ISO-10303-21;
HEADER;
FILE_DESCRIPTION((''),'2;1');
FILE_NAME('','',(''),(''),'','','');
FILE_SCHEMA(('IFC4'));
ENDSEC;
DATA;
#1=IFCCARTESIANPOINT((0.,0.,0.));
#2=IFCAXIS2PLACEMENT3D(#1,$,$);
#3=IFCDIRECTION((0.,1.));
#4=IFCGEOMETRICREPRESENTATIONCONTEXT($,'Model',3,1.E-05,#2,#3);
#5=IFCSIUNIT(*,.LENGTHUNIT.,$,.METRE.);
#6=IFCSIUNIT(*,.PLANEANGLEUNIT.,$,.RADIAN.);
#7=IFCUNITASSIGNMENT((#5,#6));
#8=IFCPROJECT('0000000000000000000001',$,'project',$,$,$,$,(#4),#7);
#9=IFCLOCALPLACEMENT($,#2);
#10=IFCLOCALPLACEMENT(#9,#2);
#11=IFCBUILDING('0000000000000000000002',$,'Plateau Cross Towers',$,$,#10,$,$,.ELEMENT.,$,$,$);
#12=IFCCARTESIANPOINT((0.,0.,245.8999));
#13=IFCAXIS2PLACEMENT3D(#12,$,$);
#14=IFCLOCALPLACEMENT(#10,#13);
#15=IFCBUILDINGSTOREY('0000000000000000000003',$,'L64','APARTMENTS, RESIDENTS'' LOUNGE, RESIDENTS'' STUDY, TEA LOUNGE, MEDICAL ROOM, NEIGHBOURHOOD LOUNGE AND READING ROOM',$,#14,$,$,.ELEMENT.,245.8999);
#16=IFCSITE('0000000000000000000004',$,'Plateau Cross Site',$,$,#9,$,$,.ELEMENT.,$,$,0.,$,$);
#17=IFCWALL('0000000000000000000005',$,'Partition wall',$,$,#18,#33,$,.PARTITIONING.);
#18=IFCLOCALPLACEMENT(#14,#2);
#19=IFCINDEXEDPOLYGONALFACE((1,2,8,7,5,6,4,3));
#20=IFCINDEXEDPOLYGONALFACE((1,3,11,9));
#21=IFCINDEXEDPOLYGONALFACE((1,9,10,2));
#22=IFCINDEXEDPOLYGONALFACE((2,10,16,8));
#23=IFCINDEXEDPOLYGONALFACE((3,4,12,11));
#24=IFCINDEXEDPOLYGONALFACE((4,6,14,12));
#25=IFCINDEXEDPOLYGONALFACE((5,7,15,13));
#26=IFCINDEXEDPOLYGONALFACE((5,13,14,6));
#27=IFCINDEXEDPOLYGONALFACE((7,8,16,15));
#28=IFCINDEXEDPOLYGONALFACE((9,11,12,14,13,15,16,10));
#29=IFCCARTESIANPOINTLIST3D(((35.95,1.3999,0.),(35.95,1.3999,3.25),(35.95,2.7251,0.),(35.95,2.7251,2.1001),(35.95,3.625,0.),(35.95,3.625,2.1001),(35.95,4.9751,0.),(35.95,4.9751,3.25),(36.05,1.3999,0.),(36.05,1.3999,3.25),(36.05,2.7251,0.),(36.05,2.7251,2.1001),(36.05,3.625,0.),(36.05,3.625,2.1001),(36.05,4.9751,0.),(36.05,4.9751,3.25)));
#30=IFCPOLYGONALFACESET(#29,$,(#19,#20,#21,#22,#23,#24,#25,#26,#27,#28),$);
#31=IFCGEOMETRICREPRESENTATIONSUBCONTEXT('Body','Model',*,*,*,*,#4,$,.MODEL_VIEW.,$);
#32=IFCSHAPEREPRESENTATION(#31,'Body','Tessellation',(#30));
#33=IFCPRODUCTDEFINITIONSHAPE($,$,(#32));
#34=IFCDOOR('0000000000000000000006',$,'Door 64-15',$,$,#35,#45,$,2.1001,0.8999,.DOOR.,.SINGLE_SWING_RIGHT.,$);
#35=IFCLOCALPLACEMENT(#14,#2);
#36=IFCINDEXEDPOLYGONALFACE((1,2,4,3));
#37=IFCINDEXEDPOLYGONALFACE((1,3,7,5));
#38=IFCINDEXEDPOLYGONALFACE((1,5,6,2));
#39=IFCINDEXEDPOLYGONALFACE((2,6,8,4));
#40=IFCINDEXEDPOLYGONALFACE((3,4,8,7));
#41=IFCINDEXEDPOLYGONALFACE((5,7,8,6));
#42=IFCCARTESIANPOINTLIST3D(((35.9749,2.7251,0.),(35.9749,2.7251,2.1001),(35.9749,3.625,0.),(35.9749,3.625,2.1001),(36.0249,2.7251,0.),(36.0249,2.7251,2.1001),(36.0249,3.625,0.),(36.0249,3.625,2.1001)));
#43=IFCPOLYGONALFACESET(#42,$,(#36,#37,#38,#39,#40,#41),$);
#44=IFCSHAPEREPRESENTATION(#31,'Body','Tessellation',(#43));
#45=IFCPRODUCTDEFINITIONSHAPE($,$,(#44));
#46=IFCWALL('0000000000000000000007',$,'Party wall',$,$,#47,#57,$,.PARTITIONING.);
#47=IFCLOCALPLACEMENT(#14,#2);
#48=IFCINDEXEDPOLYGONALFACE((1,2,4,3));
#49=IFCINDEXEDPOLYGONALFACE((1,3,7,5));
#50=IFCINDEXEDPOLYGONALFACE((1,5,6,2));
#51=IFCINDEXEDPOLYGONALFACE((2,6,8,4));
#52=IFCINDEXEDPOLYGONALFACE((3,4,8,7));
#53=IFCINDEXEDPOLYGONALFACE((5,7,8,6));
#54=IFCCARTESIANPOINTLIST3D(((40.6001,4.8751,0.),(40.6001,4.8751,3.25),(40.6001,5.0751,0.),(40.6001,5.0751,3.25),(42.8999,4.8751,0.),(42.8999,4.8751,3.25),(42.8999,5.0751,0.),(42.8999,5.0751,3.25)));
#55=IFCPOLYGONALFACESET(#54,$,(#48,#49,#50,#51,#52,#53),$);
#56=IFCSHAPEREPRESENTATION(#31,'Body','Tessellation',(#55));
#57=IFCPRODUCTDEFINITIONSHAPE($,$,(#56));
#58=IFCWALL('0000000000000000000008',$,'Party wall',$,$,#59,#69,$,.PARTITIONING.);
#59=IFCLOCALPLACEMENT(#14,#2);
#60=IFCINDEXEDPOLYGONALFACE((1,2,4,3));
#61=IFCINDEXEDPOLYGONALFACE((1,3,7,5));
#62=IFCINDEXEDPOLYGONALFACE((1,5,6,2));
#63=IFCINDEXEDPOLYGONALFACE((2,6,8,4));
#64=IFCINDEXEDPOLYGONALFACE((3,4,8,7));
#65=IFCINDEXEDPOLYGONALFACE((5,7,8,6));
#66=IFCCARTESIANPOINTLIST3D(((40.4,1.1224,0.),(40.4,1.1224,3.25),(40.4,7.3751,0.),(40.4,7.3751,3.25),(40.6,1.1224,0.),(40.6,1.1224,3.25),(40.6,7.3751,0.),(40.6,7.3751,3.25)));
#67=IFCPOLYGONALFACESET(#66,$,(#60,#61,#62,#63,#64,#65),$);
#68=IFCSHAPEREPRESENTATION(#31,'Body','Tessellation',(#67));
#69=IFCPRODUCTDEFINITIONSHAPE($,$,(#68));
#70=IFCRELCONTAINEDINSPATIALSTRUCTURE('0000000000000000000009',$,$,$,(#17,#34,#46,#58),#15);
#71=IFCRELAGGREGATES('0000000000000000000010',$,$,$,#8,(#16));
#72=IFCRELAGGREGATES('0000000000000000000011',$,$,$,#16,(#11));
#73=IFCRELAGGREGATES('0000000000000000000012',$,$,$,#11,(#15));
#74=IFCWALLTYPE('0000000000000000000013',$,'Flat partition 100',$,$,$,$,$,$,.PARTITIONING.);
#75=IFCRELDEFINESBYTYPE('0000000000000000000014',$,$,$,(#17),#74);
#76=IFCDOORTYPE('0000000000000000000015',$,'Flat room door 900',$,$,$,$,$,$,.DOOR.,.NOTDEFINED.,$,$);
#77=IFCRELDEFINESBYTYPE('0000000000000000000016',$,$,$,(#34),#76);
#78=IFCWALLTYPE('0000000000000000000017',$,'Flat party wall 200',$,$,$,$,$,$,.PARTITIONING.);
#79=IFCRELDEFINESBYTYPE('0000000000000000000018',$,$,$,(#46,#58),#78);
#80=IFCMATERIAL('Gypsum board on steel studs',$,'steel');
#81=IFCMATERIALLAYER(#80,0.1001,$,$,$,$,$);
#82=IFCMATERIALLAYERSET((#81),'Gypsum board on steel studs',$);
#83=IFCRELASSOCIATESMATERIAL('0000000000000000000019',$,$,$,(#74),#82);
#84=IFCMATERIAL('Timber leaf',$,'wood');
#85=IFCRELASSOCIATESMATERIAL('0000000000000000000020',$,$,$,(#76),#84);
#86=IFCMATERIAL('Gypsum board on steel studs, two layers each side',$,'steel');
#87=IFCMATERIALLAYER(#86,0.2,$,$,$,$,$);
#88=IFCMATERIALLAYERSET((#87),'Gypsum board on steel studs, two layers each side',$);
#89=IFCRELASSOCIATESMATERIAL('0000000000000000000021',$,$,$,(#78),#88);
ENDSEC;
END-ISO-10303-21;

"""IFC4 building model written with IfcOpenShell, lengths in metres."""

from ifc_helpers import new_model, si_unit, direction, frame, frame_2d, origin, place, context, subcontext, project, spatial, rectangle, extrude, material, layer, layer_set, type_object, element, fill, save


model = new_model("IFC4")

# Units and contexts
model_context = context("Model", 3, precision=1e-05, world=origin(), true_north=direction((0.0, 1.0)))
body_context = subcontext(model_context, "Body", "Model", "MODEL_VIEW")
ifc_project = project(units=[si_unit("LENGTHUNIT", "METRE"), si_unit("PLANEANGLEUNIT", "RADIAN")], contexts=[model_context])

# Site, building, storey
site_placement = place(None, origin())
site = spatial("IfcSite", under=ifc_project, at=site_placement, Name="Plateau Cross Site", CompositionType="ELEMENT", RefElevation=0.0)
building_placement = place(site_placement, origin())
building = spatial("IfcBuilding", under=site, at=building_placement, Name="Plateau Cross Towers", CompositionType="ELEMENT")
storey_placement = place(building_placement, frame((0.0, 0.0, 245.8999)))
storey = spatial("IfcBuildingStorey", under=building, at=storey_placement, Name="L64", Description="APARTMENTS, RESIDENTS' LOUNGE, RESIDENTS' STUDY, TEA LOUNGE, MEDICAL ROOM, NEIGHBOURHOOD LOUNGE AND READING ROOM", CompositionType="ELEMENT", Elevation=245.8999)

# Shared definitions
ifc_material_1 = material(Name="Gypsum board on steel studs", Category="steel")
ifc_layer_1 = layer(ifc_material_1, 0.1001)
ifc_layer_set_1 = layer_set([ifc_layer_1], Name="Gypsum board on steel studs")
wall_type_1 = type_object("IfcWallType", Name="Flat partition 100", PredefinedType="PARTITIONING", material=ifc_layer_set_1)

# Wall, opening, door
ifc_material_2 = material(Name="Timber leaf", Category="wood")
door_type = type_object("IfcDoorType", Name="Flat room door 900", OperationType="NOTDEFINED", PredefinedType="DOOR", material=ifc_material_2)
wall_1_placement = place(storey_placement, frame((36.0, 4.9751, 0.0), z_axis=(0.0, 0.0, 1.0), x_axis=(0.0, -1.0, 0.0)))
wall_1 = element("IfcWall", 1, at=wall_1_placement, inside=storey, type_object=wall_type_1, Name="Partition wall", PredefinedType="PARTITIONING", context=body_context, shape_type="SweptSolid", body=[
    extrude(rectangle(XDim=3.5752, YDim=0.1001, at=frame_2d((1.7876, 0.0))), origin(), (0.0, 0.0, 1.0), 3.25),
])
opening_1_placement = place(wall_1_placement, frame((1.3501, 0.0, 0.0)))
opening_1 = element("IfcOpeningElement", 2, at=opening_1_placement, cuts=wall_1, PredefinedType="OPENING", context=body_context, shape_type="SweptSolid", body=[
    extrude(rectangle(XDim=0.8999, YDim=2.1001, at=frame_2d((0.45, 1.05))), frame((0.0, 0.0601, 0.0), z_axis=(0.0, -1.0, 0.0), x_axis=(1.0, 0.0, 0.0)), (0.0, 0.0, 1.0), 0.1201),
])
door_1_placement = place(opening_1_placement, origin())
door_1 = element("IfcDoor", 3, at=door_1_placement, inside=storey, type_object=door_type, Name="Door 64-15", OperationType="SINGLE_SWING_RIGHT", OverallHeight=2.1001, OverallWidth=0.8999, PredefinedType="DOOR", context=body_context, shape_type="SweptSolid", body=[
    extrude(rectangle(XDim=0.8999, YDim=2.1001, at=frame_2d((0.45, 1.05))), frame((0.0, 0.0249, 0.0), z_axis=(0.0, -1.0, 0.0), x_axis=(1.0, 0.0, 0.0)), (0.0, 0.0, 1.0), 0.05),
])
fill(opening_1, door_1)

# Walls
ifc_material_3 = material(Name="Gypsum board on steel studs, two layers each side", Category="steel")
ifc_layer_2 = layer(ifc_material_3, 0.2)
ifc_layer_set_2 = layer_set([ifc_layer_2], Name="Gypsum board on steel studs, two layers each side")
wall_type_2 = type_object("IfcWallType", Name="Flat party wall 200", PredefinedType="PARTITIONING", material=ifc_layer_set_2)
wall_2_placement = place(storey_placement, frame((40.6001, 4.9751, 0.0), z_axis=(0.0, 0.0, 1.0), x_axis=(1.0, 0.0, 0.0)))
element("IfcWall", 4, at=wall_2_placement, inside=storey, type_object=wall_type_2, Name="Party wall", PredefinedType="PARTITIONING", context=body_context, shape_type="SweptSolid", body=[
    extrude(rectangle(XDim=2.2998, YDim=0.2, at=frame_2d((1.1499, 0.0))), origin(), (0.0, 0.0, 1.0), 3.25),
])
wall_3_placement = place(storey_placement, frame((40.5, 1.1223, 0.0), z_axis=(0.0, 0.0, 1.0), x_axis=(0.0, 1.0, 0.0)))
element("IfcWall", 5, at=wall_3_placement, inside=storey, type_object=wall_type_2, Name="Party wall", PredefinedType="PARTITIONING", context=body_context, shape_type="SweptSolid", body=[
    extrude(rectangle(XDim=6.2527, YDim=0.2, at=frame_2d((3.1265, 0.0))), origin(), (0.0, 0.0, 1.0), 3.25),
])

save(model, "model.ifc")
